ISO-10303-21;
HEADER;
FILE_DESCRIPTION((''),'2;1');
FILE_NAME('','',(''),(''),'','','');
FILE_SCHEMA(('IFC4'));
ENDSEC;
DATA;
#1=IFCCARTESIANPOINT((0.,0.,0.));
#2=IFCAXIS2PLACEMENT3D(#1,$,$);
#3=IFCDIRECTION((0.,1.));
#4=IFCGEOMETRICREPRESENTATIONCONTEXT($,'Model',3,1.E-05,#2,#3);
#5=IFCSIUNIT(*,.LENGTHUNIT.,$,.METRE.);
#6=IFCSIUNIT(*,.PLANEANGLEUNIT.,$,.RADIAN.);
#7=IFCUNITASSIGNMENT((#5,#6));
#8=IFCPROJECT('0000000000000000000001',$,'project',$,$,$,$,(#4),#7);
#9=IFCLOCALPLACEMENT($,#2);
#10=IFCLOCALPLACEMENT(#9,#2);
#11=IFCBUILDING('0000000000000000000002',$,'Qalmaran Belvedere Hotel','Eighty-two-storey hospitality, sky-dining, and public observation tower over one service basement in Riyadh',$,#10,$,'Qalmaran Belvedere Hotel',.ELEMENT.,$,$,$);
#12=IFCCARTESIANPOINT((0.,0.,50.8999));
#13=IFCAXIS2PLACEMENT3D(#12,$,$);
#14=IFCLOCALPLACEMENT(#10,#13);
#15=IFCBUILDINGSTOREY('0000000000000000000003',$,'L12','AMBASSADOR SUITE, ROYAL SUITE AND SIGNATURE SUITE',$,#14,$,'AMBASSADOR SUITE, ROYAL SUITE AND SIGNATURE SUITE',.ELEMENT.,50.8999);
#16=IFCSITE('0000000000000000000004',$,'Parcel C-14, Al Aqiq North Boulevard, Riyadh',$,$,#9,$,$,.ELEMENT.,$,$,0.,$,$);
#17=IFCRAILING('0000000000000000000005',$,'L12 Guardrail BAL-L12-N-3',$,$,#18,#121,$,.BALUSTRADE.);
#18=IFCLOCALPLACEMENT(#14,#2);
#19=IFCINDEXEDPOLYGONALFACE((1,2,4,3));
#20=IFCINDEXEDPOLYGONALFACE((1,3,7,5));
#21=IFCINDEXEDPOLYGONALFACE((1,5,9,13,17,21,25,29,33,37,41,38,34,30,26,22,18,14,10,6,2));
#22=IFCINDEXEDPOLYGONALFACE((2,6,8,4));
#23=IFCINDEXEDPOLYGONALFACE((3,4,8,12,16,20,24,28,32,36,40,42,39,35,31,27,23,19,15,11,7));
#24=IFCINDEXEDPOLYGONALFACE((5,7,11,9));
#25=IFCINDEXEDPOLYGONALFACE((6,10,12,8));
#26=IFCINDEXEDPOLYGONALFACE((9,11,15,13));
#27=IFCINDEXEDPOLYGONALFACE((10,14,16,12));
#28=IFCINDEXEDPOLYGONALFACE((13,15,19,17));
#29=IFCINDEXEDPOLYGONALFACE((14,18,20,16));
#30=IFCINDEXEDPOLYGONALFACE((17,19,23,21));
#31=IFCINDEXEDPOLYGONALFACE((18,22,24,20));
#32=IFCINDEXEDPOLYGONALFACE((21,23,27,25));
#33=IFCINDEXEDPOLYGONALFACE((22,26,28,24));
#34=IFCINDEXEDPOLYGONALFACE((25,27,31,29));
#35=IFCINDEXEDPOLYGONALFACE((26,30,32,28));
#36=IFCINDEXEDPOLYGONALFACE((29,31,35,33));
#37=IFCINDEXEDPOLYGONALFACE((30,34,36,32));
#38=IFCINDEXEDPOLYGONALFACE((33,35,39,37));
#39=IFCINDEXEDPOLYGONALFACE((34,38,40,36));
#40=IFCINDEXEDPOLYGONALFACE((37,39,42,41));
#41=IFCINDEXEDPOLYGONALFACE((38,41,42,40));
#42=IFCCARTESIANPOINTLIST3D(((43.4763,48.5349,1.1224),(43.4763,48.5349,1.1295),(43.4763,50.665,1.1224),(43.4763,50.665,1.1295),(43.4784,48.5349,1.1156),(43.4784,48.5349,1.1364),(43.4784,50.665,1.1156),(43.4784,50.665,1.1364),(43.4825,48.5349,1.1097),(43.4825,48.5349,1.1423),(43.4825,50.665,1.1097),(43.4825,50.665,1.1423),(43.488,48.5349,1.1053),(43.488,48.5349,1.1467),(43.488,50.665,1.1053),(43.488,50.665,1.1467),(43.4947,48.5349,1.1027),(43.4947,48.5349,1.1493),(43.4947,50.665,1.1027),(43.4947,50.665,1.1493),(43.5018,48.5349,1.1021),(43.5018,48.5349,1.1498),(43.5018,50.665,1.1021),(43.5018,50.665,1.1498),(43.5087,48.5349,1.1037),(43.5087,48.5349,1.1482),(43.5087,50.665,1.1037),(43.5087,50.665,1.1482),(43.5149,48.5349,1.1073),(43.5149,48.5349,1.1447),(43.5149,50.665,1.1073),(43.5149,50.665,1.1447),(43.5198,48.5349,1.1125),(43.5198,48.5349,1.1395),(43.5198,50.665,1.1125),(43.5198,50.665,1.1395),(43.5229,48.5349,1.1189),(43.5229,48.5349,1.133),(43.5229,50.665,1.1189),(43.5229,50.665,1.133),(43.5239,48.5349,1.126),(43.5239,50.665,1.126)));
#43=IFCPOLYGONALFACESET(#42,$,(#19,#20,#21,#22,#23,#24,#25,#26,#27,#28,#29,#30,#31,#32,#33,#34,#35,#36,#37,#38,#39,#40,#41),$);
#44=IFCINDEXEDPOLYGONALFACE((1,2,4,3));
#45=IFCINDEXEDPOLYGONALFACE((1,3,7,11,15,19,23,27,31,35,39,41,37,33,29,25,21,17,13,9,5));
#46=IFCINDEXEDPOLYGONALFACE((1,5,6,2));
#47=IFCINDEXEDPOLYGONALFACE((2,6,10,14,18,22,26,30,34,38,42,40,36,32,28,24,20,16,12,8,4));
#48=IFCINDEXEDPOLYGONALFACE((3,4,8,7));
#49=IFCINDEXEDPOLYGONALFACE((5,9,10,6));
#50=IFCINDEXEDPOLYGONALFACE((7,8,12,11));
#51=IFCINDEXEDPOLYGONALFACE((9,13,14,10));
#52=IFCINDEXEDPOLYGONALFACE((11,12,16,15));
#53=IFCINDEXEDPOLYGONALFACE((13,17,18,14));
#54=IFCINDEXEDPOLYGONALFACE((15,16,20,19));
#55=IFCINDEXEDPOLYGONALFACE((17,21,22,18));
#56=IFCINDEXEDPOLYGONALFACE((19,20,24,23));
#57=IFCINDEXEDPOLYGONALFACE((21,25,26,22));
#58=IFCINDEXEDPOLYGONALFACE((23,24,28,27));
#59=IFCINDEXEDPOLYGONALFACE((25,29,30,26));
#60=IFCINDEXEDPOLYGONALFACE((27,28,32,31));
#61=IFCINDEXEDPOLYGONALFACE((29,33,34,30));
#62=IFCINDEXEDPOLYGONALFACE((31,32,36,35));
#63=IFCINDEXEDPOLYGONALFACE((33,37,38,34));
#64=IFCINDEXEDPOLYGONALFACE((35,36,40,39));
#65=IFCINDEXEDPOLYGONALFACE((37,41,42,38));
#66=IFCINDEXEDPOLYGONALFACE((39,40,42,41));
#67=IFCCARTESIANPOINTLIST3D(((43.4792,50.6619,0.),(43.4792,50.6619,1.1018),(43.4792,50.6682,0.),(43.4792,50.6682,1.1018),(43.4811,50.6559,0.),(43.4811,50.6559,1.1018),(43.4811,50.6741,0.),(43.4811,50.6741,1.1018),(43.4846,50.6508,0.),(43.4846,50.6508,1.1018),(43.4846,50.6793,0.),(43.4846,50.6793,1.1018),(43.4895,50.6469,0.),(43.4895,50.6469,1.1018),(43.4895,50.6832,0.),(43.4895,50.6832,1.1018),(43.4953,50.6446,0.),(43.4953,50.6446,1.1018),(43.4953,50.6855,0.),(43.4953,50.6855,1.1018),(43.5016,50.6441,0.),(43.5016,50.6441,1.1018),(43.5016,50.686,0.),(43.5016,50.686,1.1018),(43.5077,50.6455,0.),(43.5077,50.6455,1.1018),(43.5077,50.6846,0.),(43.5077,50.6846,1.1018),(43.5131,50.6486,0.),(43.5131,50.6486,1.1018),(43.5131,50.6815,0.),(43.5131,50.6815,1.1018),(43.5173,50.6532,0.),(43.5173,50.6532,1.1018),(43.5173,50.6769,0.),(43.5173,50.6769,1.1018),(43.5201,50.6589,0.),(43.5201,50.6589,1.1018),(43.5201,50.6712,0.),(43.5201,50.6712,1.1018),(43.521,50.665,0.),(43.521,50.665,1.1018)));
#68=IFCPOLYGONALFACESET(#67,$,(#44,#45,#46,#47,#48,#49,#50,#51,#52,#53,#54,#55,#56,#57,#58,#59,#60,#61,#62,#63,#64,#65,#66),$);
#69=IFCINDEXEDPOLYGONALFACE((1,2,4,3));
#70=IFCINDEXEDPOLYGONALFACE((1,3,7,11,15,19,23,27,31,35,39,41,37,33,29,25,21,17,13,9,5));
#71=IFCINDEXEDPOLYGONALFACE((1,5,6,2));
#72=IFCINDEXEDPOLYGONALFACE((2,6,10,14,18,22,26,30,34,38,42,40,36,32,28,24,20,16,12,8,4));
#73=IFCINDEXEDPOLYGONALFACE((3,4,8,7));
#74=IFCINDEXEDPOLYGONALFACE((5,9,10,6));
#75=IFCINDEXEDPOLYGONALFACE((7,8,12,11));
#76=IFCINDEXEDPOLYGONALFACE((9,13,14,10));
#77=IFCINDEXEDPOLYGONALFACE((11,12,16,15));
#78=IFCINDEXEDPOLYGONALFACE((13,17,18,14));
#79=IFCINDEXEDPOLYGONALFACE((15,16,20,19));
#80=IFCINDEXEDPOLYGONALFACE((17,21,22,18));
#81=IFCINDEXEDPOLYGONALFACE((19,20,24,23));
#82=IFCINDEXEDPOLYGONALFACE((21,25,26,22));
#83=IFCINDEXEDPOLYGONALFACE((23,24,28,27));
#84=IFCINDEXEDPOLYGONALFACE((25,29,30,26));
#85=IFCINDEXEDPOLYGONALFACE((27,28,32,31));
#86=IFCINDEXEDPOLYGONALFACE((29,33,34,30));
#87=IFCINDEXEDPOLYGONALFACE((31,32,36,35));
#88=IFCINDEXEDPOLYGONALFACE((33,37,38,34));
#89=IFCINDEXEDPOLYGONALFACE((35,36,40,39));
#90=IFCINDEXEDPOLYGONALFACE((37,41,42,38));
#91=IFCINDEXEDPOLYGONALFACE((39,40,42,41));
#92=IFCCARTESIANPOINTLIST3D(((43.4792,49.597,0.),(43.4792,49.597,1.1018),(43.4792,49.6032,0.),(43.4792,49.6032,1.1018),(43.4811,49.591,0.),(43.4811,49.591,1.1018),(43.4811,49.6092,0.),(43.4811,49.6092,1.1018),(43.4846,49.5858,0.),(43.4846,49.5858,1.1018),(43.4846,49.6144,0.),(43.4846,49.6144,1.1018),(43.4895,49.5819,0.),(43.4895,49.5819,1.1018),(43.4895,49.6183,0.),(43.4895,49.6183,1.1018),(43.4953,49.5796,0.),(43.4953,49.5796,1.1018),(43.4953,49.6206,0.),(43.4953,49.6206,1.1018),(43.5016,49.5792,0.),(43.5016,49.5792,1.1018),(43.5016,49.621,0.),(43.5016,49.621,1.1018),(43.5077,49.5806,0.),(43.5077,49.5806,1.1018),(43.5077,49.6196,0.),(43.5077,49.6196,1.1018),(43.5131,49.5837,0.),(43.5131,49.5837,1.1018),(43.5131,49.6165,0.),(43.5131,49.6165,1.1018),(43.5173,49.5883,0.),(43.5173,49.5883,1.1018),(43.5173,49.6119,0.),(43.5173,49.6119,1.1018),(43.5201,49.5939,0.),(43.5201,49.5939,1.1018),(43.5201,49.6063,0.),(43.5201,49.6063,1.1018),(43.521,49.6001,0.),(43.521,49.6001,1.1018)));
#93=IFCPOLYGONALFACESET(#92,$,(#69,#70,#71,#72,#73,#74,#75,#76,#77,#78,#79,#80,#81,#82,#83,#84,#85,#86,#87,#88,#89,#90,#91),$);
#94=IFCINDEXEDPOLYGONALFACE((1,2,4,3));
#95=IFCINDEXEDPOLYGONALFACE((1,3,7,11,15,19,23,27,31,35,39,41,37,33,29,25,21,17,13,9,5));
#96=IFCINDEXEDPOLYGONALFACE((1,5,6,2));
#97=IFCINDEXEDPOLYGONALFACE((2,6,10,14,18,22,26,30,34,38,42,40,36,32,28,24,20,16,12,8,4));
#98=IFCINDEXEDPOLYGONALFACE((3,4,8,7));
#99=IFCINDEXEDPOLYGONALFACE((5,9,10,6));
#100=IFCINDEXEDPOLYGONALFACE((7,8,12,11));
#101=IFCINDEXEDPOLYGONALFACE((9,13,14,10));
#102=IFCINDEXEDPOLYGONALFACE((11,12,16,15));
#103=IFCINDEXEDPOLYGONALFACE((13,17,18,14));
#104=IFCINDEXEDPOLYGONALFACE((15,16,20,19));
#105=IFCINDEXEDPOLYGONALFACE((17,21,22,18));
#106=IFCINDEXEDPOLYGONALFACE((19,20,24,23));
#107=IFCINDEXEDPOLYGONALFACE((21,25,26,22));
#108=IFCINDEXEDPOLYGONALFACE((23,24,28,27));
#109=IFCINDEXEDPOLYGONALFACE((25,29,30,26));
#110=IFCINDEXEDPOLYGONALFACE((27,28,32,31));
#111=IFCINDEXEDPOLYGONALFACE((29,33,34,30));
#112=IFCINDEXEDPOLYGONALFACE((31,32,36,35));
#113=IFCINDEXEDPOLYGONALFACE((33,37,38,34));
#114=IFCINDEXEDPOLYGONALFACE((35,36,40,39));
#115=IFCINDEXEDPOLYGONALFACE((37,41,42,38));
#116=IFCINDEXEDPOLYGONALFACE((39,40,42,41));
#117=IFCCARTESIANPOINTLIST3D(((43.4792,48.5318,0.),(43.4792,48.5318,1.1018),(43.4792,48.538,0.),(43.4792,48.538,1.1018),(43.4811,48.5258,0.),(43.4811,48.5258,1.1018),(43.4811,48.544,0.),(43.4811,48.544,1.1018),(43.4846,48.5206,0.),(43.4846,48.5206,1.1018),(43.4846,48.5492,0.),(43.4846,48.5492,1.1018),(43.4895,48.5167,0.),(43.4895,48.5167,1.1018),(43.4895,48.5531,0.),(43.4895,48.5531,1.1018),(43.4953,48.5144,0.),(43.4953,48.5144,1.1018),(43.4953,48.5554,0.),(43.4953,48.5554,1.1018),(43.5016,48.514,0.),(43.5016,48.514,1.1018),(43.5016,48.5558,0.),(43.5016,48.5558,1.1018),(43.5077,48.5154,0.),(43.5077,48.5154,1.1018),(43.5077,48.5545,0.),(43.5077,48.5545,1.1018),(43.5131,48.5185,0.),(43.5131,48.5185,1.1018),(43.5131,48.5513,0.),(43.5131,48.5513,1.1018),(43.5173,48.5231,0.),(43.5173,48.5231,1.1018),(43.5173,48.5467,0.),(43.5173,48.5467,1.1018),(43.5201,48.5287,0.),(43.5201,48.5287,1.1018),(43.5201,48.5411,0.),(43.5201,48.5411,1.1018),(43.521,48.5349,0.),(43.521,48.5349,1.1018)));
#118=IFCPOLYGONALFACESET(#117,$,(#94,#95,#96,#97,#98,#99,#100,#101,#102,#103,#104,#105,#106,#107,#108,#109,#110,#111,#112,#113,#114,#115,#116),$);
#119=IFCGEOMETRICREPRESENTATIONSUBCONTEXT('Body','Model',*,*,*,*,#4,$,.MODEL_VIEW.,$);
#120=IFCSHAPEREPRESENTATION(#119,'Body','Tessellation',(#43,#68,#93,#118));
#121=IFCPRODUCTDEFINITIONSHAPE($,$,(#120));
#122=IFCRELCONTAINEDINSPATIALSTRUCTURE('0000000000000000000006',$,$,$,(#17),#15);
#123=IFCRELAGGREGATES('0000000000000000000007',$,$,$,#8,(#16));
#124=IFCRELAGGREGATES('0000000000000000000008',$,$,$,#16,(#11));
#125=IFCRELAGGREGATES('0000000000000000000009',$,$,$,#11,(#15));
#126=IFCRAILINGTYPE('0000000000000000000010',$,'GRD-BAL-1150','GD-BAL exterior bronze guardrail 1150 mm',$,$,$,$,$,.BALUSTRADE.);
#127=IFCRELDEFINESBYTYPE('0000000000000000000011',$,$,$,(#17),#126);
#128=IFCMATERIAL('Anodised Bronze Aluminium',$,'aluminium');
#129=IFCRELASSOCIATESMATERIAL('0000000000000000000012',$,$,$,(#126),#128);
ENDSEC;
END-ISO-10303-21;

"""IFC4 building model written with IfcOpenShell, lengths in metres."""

from ifc_helpers import new_model, si_unit, direction, frame, origin, origin_2d, place, context, subcontext, project, spatial, circle, extrude, material, type_object, element, save


model = new_model("IFC4")

# Units and contexts
model_context = context("Model", 3, precision=1e-05, world=origin(), true_north=direction((0.0, 1.0)))
body_context = subcontext(model_context, "Body", "Model", "MODEL_VIEW")
ifc_project = project(units=[si_unit("LENGTHUNIT", "METRE"), si_unit("PLANEANGLEUNIT", "RADIAN")], contexts=[model_context])

# Site, building, storey
site_placement = place(None, origin())
site = spatial("IfcSite", under=ifc_project, at=site_placement, Name="Parcel C-14, Al Aqiq North Boulevard, Riyadh", CompositionType="ELEMENT", RefElevation=0.0)
building_placement = place(site_placement, origin())
building = spatial("IfcBuilding", under=site, at=building_placement, Name="Qalmaran Belvedere Hotel", Description="Eighty-two-storey hospitality, sky-dining, and public observation tower over one service basement in Riyadh", LongName="Qalmaran Belvedere Hotel", CompositionType="ELEMENT")
storey_placement = place(building_placement, frame((0.0, 0.0, 50.8999)))
storey = spatial("IfcBuildingStorey", under=building, at=storey_placement, Name="L12", Description="AMBASSADOR SUITE, ROYAL SUITE AND SIGNATURE SUITE", LongName="AMBASSADOR SUITE, ROYAL SUITE AND SIGNATURE SUITE", CompositionType="ELEMENT", Elevation=50.8999)

# Shared definitions
ifc_material_1 = material(Name="Anodised Bronze Aluminium", Category="aluminium")

# Railing
railing_type = type_object("IfcRailingType", Name="GRD-BAL-1150", Description="GD-BAL exterior bronze guardrail 1150 mm", PredefinedType="BALUSTRADE", material=ifc_material_1)
railing_1_placement = place(storey_placement, frame((43.5, 50.665, 0.0)))
element("IfcRailing", 1, at=railing_1_placement, inside=storey, type_object=railing_type, Name="L12 Guardrail BAL-L12-N-3", PredefinedType="BALUSTRADE", context=body_context, shape_type="SweptSolid", body=[
    extrude(circle(Radius=0.0239, at=origin_2d()), frame((0.0, 0.0, 1.126), z_axis=(0.0, -1.0, 0.0), x_axis=(1.0, 0.0, 0.0)), (0.0, 0.0, 1.0), 2.1301),
    extrude(circle(Radius=0.021, at=origin_2d()), origin(), (0.0, 0.0, 1.0), 1.1018),
    extrude(circle(Radius=0.021, at=origin_2d()), frame((0.0, -1.0649, 0.0)), (0.0, 0.0, 1.0), 1.1018),
    extrude(circle(Radius=0.021, at=origin_2d()), frame((0.0, -2.1301, 0.0)), (0.0, 0.0, 1.0), 1.1018),
])

save(model, "model.ifc")
